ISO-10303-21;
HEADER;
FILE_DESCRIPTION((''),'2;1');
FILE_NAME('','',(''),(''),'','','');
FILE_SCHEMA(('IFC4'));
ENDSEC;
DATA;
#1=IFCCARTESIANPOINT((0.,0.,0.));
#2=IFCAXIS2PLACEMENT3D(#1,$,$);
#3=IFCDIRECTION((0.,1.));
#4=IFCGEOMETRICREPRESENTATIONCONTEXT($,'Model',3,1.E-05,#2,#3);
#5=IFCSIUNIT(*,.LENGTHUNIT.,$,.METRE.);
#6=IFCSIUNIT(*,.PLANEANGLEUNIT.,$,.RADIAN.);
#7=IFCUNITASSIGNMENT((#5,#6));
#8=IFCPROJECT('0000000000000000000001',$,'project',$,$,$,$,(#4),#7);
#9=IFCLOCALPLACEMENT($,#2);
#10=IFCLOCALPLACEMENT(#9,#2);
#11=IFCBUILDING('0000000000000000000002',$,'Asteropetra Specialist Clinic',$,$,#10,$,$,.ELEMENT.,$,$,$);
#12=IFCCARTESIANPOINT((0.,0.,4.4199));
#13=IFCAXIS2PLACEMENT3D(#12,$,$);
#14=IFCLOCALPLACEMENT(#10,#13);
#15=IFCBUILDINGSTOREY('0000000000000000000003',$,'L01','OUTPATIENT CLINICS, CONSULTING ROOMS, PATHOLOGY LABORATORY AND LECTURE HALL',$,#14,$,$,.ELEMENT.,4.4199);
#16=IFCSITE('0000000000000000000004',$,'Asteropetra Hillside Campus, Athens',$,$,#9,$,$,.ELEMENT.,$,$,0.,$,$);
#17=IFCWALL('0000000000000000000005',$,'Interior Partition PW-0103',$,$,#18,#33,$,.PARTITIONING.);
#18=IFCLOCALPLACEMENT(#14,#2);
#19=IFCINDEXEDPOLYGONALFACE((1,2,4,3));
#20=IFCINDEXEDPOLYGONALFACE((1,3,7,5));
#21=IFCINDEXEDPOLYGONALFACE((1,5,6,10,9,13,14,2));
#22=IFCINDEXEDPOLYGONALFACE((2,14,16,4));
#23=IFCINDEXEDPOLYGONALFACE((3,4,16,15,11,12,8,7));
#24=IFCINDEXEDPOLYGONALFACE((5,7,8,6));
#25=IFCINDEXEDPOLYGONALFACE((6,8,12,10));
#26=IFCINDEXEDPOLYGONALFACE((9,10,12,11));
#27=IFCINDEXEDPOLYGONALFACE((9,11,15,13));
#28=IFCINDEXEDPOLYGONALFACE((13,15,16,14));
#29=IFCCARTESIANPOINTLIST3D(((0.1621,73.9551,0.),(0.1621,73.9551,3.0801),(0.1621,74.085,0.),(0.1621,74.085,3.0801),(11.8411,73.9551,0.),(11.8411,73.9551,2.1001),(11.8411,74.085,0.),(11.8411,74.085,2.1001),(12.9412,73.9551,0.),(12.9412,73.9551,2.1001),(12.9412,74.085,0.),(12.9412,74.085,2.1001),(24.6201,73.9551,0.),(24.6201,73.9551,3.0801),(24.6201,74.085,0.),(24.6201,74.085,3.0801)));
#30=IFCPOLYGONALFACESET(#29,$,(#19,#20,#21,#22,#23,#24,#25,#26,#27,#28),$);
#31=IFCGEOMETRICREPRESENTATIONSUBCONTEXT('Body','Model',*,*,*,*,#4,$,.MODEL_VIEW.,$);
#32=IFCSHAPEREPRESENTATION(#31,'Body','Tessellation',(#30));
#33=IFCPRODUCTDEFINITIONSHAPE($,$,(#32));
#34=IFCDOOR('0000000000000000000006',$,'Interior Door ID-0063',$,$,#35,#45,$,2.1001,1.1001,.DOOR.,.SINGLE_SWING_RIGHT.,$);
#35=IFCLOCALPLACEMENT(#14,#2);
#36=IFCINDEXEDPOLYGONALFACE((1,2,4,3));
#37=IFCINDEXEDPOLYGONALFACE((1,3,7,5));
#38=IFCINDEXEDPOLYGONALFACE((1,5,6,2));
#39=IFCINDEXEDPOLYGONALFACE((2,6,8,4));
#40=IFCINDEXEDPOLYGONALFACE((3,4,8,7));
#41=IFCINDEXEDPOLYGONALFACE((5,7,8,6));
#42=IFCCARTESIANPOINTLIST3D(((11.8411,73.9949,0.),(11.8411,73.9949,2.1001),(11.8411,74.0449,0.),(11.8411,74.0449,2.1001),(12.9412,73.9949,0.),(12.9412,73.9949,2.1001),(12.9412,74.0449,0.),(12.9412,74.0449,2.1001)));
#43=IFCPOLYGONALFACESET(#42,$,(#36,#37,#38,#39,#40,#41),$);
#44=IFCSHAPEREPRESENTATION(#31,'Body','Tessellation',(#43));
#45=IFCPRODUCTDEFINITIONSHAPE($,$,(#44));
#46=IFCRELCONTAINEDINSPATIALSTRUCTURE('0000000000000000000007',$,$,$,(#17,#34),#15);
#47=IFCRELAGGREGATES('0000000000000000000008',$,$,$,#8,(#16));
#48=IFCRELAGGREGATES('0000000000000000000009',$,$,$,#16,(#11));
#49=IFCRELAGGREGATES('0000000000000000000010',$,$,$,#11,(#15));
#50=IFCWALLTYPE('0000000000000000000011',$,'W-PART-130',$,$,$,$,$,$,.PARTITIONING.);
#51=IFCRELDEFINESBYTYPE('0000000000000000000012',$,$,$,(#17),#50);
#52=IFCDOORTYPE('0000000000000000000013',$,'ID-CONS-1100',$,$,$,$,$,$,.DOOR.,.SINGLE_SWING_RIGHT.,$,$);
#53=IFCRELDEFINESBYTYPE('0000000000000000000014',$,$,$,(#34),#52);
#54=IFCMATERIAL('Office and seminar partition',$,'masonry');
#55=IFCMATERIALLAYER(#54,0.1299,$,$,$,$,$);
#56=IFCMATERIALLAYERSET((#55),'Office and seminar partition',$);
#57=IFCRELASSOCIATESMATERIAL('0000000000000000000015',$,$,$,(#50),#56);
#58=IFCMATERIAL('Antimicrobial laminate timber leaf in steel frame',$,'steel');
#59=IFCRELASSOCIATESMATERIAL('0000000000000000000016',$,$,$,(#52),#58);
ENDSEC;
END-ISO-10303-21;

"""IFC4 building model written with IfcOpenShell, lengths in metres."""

from ifc_helpers import new_model, si_unit, direction, frame, frame_2d, origin, place, context, subcontext, project, spatial, rectangle, extrude, material, layer, layer_set, type_object, element, fill, save


model = new_model("IFC4")

# Units and contexts
model_context = context("Model", 3, precision=1e-05, world=origin(), true_north=direction((0.0, 1.0)))
body_context = subcontext(model_context, "Body", "Model", "MODEL_VIEW")
ifc_project = project(units=[si_unit("LENGTHUNIT", "METRE"), si_unit("PLANEANGLEUNIT", "RADIAN")], contexts=[model_context])

# Site, building, storey
site_placement = place(None, origin())
site = spatial("IfcSite", under=ifc_project, at=site_placement, Name="Asteropetra Hillside Campus, Athens", CompositionType="ELEMENT", RefElevation=0.0)
building_placement = place(site_placement, origin())
building = spatial("IfcBuilding", under=site, at=building_placement, Name="Asteropetra Specialist Clinic", CompositionType="ELEMENT")
storey_placement = place(building_placement, frame((0.0, 0.0, 4.4199)))
storey = spatial("IfcBuildingStorey", under=building, at=storey_placement, Name="L01", Description="OUTPATIENT CLINICS, CONSULTING ROOMS, PATHOLOGY LABORATORY AND LECTURE HALL", CompositionType="ELEMENT", Elevation=4.4199)

# Wall, opening, door
ifc_material_1 = material(Name="Office and seminar partition", Category="masonry")
ifc_layer_1 = layer(ifc_material_1, 0.1299)
ifc_layer_set_1 = layer_set([ifc_layer_1], Name="Office and seminar partition")
wall_type_1 = type_object("IfcWallType", Name="W-PART-130", PredefinedType="PARTITIONING", material=ifc_layer_set_1)
wall_1_placement = place(storey_placement, frame((0.1621, 74.02, 0.0), z_axis=(0.0, 0.0, 1.0), x_axis=(1.0, 0.0, 0.0)))
wall_1 = element("IfcWall", 1, at=wall_1_placement, inside=storey, type_object=wall_type_1, Name="Interior Partition PW-0103", PredefinedType="PARTITIONING", context=body_context, shape_type="SweptSolid", body=[
    extrude(rectangle(XDim=24.458, YDim=0.1299, at=frame_2d((12.229, 0.0))), origin(), (0.0, 0.0, 1.0), 3.0801),
])
opening_placement = place(wall_1_placement, frame((11.679, 0.0, 0.0)))
opening = element("IfcOpeningElement", 2, at=opening_placement, cuts=wall_1, PredefinedType="OPENING", context=body_context, shape_type="SweptSolid", body=[
    extrude(rectangle(XDim=1.1001, YDim=2.1001, at=frame_2d((0.55, 1.05))), frame((0.0, 0.075, 0.0), z_axis=(0.0, -1.0, 0.0), x_axis=(1.0, 0.0, 0.0)), (0.0, 0.0, 1.0), 0.1499),
])
ifc_material_2 = material(Name="Antimicrobial laminate timber leaf in steel frame", Category="steel")
door_type = type_object("IfcDoorType", Name="ID-CONS-1100", OperationType="SINGLE_SWING_RIGHT", PredefinedType="DOOR", material=ifc_material_2)
door_placement = place(opening_placement, origin())
door = element("IfcDoor", 3, at=door_placement, inside=storey, type_object=door_type, Name="Interior Door ID-0063", OperationType="SINGLE_SWING_RIGHT", OverallHeight=2.1001, OverallWidth=1.1001, PredefinedType="DOOR", context=body_context, shape_type="SweptSolid", body=[
    extrude(rectangle(XDim=1.1001, YDim=2.1001, at=frame_2d((0.55, 1.05))), frame((0.0, 0.0249, 0.0), z_axis=(0.0, -1.0, 0.0), x_axis=(1.0, 0.0, 0.0)), (0.0, 0.0, 1.0), 0.05),
])
fill(opening, door)

save(model, "model.ifc")
